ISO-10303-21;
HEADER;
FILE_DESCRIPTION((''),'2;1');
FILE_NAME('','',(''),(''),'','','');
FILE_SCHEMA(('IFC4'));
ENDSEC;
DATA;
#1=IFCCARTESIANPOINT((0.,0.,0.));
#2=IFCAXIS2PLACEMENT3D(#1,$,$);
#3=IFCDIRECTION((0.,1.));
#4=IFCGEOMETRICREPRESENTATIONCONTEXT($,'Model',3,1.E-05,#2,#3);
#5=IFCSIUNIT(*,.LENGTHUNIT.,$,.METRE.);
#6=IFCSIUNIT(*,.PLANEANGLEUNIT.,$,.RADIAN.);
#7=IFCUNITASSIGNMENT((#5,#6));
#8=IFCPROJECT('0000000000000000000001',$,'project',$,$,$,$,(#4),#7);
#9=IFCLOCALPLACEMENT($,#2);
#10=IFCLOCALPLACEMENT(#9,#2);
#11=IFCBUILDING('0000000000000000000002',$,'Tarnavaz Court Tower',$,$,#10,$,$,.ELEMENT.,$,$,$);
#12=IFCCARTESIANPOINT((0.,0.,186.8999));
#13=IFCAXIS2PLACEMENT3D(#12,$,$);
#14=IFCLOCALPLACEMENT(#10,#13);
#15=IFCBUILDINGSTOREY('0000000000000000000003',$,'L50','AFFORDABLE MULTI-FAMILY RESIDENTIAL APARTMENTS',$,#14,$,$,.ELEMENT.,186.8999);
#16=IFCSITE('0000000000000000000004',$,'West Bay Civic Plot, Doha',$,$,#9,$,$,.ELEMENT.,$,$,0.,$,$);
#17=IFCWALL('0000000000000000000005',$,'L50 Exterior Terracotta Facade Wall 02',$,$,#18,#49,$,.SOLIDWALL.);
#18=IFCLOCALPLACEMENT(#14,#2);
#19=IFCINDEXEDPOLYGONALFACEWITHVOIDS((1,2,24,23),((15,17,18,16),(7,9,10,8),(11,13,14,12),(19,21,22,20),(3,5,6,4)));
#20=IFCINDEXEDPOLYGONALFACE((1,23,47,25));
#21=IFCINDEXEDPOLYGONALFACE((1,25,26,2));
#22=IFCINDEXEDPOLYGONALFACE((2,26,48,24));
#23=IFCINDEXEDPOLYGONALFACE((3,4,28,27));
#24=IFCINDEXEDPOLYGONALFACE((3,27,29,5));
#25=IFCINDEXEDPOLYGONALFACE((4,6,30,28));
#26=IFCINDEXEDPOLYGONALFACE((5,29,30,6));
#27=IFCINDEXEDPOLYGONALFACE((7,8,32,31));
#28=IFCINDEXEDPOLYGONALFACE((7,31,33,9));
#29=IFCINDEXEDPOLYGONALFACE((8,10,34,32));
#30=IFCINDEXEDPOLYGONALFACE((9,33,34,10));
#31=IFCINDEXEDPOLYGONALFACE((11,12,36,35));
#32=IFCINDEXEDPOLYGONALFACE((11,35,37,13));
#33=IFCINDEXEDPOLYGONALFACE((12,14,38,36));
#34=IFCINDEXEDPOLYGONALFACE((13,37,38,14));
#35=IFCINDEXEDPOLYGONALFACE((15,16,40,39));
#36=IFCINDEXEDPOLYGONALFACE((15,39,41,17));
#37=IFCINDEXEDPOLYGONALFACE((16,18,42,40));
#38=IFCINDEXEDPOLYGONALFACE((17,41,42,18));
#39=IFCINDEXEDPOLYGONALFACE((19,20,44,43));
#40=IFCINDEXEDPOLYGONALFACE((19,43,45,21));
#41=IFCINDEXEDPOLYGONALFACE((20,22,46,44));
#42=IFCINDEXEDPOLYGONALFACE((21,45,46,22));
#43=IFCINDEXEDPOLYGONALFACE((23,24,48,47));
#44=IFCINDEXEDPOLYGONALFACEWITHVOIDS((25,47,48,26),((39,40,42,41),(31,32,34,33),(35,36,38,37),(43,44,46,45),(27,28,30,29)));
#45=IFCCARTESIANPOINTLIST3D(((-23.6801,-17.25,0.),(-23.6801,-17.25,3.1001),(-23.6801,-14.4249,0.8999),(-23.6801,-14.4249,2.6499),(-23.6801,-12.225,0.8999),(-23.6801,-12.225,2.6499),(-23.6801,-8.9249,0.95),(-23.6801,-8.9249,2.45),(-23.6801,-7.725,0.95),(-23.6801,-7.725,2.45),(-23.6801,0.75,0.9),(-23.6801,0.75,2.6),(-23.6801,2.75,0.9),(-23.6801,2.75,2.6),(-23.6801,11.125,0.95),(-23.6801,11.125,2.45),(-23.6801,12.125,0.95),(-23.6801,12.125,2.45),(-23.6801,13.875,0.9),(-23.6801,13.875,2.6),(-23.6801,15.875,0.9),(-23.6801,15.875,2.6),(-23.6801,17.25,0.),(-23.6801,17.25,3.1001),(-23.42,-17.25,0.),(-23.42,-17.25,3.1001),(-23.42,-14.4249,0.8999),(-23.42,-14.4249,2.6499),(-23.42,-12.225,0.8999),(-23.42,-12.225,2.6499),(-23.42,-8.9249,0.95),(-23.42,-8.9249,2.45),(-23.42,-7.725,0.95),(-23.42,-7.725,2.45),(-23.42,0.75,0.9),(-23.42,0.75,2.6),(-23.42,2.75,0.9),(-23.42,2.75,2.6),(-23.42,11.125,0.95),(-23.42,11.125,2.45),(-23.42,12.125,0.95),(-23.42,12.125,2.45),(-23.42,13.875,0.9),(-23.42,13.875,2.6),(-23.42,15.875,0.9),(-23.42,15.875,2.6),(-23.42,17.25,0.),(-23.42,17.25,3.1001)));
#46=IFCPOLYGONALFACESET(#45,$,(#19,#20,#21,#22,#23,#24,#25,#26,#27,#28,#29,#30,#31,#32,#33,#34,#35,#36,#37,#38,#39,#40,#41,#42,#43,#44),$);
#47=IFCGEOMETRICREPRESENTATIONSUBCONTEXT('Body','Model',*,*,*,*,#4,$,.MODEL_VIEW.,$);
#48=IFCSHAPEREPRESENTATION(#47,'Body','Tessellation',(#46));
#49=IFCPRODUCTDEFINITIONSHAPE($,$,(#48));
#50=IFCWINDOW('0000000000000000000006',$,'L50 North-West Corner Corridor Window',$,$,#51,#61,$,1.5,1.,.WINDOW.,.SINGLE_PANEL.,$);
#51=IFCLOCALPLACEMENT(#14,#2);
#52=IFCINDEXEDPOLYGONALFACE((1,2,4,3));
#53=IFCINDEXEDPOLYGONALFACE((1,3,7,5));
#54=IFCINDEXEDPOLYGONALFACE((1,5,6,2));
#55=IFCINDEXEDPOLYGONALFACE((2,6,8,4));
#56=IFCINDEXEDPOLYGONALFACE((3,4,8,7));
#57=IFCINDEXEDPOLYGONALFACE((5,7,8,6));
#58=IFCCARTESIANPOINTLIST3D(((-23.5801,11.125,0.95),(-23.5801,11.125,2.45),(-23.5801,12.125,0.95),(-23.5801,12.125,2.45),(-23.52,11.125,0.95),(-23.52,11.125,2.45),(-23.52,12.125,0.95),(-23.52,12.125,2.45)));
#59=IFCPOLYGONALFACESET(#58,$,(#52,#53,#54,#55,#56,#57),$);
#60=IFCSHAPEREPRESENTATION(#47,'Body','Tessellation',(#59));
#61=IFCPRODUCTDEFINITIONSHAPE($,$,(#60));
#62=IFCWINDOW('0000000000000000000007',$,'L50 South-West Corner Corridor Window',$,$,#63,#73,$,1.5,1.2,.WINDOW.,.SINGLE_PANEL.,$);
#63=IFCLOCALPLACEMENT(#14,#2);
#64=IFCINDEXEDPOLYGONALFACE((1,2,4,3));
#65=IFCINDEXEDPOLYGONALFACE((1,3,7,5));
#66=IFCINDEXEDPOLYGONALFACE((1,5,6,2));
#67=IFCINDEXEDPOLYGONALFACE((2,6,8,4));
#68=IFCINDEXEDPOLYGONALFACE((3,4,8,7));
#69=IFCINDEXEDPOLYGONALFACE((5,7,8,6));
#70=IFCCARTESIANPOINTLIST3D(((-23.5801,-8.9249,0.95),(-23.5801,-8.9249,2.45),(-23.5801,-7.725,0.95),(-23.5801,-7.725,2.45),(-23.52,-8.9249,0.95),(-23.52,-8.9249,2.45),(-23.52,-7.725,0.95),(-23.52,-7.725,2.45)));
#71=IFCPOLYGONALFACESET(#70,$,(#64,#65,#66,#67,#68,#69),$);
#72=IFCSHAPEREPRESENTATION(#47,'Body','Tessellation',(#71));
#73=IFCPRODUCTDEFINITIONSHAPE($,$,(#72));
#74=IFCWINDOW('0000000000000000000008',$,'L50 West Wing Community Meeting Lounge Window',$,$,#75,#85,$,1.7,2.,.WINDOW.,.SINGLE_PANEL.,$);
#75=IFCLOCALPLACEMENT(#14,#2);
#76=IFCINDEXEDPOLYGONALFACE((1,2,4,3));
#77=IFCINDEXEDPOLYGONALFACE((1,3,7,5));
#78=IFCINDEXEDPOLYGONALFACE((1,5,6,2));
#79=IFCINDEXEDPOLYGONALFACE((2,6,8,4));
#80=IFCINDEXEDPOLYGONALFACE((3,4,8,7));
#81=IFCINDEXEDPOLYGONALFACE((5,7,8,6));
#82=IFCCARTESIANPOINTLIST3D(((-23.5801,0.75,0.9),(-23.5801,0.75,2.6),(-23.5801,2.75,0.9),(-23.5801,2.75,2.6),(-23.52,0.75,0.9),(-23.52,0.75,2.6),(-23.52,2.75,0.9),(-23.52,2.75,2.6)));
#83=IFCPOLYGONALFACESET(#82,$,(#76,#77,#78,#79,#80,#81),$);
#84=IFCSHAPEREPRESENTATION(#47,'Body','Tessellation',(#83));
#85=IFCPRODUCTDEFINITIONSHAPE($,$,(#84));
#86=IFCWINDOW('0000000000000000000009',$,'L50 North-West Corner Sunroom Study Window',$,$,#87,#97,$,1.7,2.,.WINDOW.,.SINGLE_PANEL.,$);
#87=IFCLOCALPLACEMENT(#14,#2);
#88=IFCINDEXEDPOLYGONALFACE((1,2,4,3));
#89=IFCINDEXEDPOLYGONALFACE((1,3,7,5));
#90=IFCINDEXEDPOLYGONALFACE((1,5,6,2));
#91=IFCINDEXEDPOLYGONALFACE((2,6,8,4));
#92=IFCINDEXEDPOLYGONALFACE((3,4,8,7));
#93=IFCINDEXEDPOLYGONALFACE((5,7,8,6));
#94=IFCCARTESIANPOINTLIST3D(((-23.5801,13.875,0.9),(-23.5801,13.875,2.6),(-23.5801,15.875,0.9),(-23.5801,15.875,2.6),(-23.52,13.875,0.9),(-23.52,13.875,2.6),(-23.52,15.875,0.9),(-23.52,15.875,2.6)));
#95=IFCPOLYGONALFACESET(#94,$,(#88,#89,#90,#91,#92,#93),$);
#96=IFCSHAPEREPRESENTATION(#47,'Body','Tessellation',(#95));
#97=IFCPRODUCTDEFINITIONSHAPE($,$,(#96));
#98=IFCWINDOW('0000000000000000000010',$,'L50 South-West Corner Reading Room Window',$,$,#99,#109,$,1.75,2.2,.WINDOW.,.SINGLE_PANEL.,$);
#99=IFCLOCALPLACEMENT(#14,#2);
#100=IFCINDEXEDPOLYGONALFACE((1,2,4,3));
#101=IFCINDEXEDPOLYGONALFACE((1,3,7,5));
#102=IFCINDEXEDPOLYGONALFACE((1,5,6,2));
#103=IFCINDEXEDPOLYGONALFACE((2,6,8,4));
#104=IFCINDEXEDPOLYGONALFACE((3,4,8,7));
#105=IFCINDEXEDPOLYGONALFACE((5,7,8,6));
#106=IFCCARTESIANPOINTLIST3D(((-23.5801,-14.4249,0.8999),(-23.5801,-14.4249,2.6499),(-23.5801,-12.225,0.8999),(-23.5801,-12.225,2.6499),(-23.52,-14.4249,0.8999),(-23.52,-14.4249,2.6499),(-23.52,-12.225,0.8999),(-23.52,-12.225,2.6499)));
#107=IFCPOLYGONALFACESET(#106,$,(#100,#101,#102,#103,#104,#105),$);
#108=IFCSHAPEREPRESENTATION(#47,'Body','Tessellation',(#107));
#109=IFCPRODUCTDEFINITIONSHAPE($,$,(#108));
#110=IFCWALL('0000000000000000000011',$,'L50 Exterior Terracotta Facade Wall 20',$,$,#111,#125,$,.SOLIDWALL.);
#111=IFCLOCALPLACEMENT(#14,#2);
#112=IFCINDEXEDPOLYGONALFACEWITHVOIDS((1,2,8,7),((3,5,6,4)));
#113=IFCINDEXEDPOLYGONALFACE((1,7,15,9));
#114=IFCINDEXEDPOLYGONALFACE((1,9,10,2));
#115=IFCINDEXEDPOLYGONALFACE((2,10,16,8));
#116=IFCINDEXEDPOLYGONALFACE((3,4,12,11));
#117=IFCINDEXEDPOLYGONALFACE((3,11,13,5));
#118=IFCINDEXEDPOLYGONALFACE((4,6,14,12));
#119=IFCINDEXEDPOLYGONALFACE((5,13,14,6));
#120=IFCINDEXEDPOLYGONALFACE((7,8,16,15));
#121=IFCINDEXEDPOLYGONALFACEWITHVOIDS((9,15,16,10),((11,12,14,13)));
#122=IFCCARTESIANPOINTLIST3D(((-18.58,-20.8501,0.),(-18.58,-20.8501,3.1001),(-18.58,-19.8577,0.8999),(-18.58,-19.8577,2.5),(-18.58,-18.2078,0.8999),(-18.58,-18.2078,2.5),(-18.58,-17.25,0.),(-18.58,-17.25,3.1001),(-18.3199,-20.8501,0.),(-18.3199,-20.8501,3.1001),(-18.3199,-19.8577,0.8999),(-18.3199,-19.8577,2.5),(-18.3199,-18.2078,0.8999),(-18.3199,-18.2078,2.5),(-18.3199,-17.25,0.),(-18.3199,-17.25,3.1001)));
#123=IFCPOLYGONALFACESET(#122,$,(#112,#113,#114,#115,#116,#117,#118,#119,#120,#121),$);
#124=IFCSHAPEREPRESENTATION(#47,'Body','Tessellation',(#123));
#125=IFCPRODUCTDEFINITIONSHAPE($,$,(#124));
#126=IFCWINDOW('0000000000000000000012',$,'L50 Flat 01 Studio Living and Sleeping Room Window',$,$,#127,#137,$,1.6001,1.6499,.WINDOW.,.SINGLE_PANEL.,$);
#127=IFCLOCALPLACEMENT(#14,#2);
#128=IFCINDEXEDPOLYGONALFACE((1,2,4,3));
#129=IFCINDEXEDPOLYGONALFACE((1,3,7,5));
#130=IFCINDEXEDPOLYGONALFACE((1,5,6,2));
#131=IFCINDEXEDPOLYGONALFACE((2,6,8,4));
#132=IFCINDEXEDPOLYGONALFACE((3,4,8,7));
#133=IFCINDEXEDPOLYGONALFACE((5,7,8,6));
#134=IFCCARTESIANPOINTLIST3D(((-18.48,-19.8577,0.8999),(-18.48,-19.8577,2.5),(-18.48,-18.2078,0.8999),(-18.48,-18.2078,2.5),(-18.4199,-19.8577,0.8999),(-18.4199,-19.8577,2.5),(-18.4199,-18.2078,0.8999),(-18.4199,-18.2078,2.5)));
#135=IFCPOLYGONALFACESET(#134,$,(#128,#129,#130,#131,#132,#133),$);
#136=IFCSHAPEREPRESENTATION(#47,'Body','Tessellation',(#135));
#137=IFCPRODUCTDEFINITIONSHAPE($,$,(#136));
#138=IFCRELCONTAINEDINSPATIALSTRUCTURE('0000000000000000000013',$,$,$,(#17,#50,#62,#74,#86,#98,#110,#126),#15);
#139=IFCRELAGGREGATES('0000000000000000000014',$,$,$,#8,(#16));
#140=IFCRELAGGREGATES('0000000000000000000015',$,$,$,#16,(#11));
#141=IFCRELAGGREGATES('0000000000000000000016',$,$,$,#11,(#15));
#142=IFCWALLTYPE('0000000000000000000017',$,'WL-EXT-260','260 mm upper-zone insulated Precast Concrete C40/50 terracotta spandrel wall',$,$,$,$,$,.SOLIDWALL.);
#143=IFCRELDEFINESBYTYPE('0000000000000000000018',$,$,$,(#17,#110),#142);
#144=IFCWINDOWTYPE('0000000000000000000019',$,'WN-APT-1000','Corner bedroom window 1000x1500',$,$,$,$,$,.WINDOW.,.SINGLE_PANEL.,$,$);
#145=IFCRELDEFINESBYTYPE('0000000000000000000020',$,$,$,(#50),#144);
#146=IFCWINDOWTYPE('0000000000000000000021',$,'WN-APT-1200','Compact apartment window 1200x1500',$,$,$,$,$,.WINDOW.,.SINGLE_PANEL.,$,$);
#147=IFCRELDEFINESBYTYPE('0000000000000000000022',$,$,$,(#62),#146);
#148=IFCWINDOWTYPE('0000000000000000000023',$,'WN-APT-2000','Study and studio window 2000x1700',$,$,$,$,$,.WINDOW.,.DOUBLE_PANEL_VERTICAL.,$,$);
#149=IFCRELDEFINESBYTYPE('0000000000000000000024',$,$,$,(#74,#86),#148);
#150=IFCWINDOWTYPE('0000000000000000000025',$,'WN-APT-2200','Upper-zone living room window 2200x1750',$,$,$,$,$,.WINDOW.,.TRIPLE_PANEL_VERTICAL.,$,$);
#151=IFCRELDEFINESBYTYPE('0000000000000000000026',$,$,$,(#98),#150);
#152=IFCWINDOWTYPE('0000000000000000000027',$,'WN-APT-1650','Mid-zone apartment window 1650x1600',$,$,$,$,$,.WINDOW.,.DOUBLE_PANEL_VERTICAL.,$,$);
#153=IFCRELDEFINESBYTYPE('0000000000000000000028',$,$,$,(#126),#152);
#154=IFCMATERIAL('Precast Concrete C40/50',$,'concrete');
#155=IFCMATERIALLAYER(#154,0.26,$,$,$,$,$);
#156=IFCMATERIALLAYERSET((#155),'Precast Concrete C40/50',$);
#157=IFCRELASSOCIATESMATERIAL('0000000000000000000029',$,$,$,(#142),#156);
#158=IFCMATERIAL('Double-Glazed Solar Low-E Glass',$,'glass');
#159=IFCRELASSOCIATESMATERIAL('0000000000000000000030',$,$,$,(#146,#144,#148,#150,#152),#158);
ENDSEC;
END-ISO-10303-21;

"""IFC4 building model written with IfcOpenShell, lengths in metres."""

from ifc_helpers import new_model, si_unit, direction, frame, frame_2d, origin, place, context, subcontext, project, spatial, rectangle, extrude, material, layer, layer_set, type_object, element, fill, save


model = new_model("IFC4")

# Units and contexts
model_context = context("Model", 3, precision=1e-05, world=origin(), true_north=direction((0.0, 1.0)))
body_context = subcontext(model_context, "Body", "Model", "MODEL_VIEW")
ifc_project = project(units=[si_unit("LENGTHUNIT", "METRE"), si_unit("PLANEANGLEUNIT", "RADIAN")], contexts=[model_context])

# Site, building, storey
site_placement = place(None, origin())
site = spatial("IfcSite", under=ifc_project, at=site_placement, Name="West Bay Civic Plot, Doha", CompositionType="ELEMENT", RefElevation=0.0)
building_placement = place(site_placement, origin())
building = spatial("IfcBuilding", under=site, at=building_placement, Name="Tarnavaz Court Tower", CompositionType="ELEMENT")
storey_placement = place(building_placement, frame((0.0, 0.0, 186.8999)))
storey = spatial("IfcBuildingStorey", under=building, at=storey_placement, Name="L50", Description="AFFORDABLE MULTI-FAMILY RESIDENTIAL APARTMENTS", CompositionType="ELEMENT", Elevation=186.8999)

# Shared definitions
ifc_material_1 = material(Name="Precast Concrete C40/50", Category="concrete")
ifc_layer_1 = layer(ifc_material_1, 0.26)
ifc_layer_set_1 = layer_set([ifc_layer_1], Name="Precast Concrete C40/50")
wall_type_1 = type_object("IfcWallType", Name="WL-EXT-260", Description="260 mm upper-zone insulated Precast Concrete C40/50 terracotta spandrel wall", PredefinedType="SOLIDWALL", material=ifc_layer_set_1)
ifc_material_2 = material(Name="Double-Glazed Solar Low-E Glass", Category="glass")
window_type_1 = type_object("IfcWindowType", Name="WN-APT-1200", Description="Compact apartment window 1200x1500", PartitioningType="SINGLE_PANEL", PredefinedType="WINDOW", material=ifc_material_2)

# Wall, openings, windows
wall_1_placement = place(storey_placement, frame((-23.55, -17.25, 0.0), z_axis=(0.0, 0.0, 1.0), x_axis=(0.0, 1.0, 0.0)))
wall_1 = element("IfcWall", 1, at=wall_1_placement, inside=storey, type_object=wall_type_1, Name="L50 Exterior Terracotta Facade Wall 02", PredefinedType="SOLIDWALL", context=body_context, shape_type="SweptSolid", body=[
    extrude(rectangle(XDim=34.5, YDim=0.26, at=frame_2d((17.25, 0.0))), origin(), (0.0, 0.0, 1.0), 3.1001),
])
opening_1_placement = place(wall_1_placement, frame((2.825, 0.0, 0.8999)))
opening_1 = element("IfcOpeningElement", 2, at=opening_1_placement, cuts=wall_1, PredefinedType="OPENING", context=body_context, shape_type="SweptSolid", body=[
    extrude(rectangle(XDim=2.2, YDim=1.75, at=frame_2d((1.1001, 0.875))), frame((0.0, 0.1399, 0.0), z_axis=(0.0, -1.0, 0.0), x_axis=(1.0, 0.0, 0.0)), (0.0, 0.0, 1.0), 0.28),
])
opening_2_placement = place(wall_1_placement, frame((8.325, 0.0, 0.95)))
opening_2 = element("IfcOpeningElement", 3, at=opening_2_placement, cuts=wall_1, PredefinedType="OPENING", context=body_context, shape_type="SweptSolid", body=[
    extrude(rectangle(XDim=1.2, YDim=1.5, at=frame_2d((0.6001, 0.75))), frame((0.0, 0.1399, 0.0), z_axis=(0.0, -1.0, 0.0), x_axis=(1.0, 0.0, 0.0)), (0.0, 0.0, 1.0), 0.28),
])
opening_3_placement = place(wall_1_placement, frame((18.0, 0.0, 0.8999)))
opening_3 = element("IfcOpeningElement", 4, at=opening_3_placement, cuts=wall_1, PredefinedType="OPENING", context=body_context, shape_type="SweptSolid", body=[
    extrude(rectangle(XDim=2.0, YDim=1.7, at=frame_2d((1.0, 0.8501))), frame((0.0, 0.1399, 0.0), z_axis=(0.0, -1.0, 0.0), x_axis=(1.0, 0.0, 0.0)), (0.0, 0.0, 1.0), 0.28),
])
opening_4_placement = place(wall_1_placement, frame((28.375, 0.0, 0.95)))
opening_4 = element("IfcOpeningElement", 5, at=opening_4_placement, cuts=wall_1, PredefinedType="OPENING", context=body_context, shape_type="SweptSolid", body=[
    extrude(rectangle(XDim=1.0, YDim=1.5, at=frame_2d((0.5, 0.75))), frame((0.0, 0.1399, 0.0), z_axis=(0.0, -1.0, 0.0), x_axis=(1.0, 0.0, 0.0)), (0.0, 0.0, 1.0), 0.28),
])
opening_5_placement = place(wall_1_placement, frame((31.125, 0.0, 0.8999)))
opening_5 = element("IfcOpeningElement", 6, at=opening_5_placement, cuts=wall_1, PredefinedType="OPENING", context=body_context, shape_type="SweptSolid", body=[
    extrude(rectangle(XDim=2.0, YDim=1.7, at=frame_2d((1.0, 0.8501))), frame((0.0, 0.1399, 0.0), z_axis=(0.0, -1.0, 0.0), x_axis=(1.0, 0.0, 0.0)), (0.0, 0.0, 1.0), 0.28),
])
window_type_2 = type_object("IfcWindowType", Name="WN-APT-1000", Description="Corner bedroom window 1000x1500", PartitioningType="SINGLE_PANEL", PredefinedType="WINDOW", material=ifc_material_2)
window_1_placement = place(opening_4_placement, origin())
window_1 = element("IfcWindow", 7, at=window_1_placement, inside=storey, type_object=window_type_2, Name="L50 North-West Corner Corridor Window", OverallHeight=1.5, OverallWidth=1.0, PartitioningType="SINGLE_PANEL", PredefinedType="WINDOW", context=body_context, shape_type="SweptSolid", body=[
    extrude(rectangle(XDim=1.0, YDim=1.5, at=frame_2d((0.5, 0.75))), frame((0.0, 0.03, 0.0), z_axis=(0.0, -1.0, 0.0), x_axis=(1.0, 0.0, 0.0)), (0.0, 0.0, 1.0), 0.0601),
])
fill(opening_4, window_1)
window_2_placement = place(opening_2_placement, origin())
window_2 = element("IfcWindow", 8, at=window_2_placement, inside=storey, type_object=window_type_1, Name="L50 South-West Corner Corridor Window", OverallHeight=1.5, OverallWidth=1.2, PartitioningType="SINGLE_PANEL", PredefinedType="WINDOW", context=body_context, shape_type="SweptSolid", body=[
    extrude(rectangle(XDim=1.2, YDim=1.5, at=frame_2d((0.6001, 0.75))), frame((0.0, 0.03, 0.0), z_axis=(0.0, -1.0, 0.0), x_axis=(1.0, 0.0, 0.0)), (0.0, 0.0, 1.0), 0.0601),
])
fill(opening_2, window_2)
window_type_3 = type_object("IfcWindowType", Name="WN-APT-2000", Description="Study and studio window 2000x1700", PartitioningType="DOUBLE_PANEL_VERTICAL", PredefinedType="WINDOW", material=ifc_material_2)
window_3_placement = place(opening_3_placement, origin())
window_3 = element("IfcWindow", 9, at=window_3_placement, inside=storey, type_object=window_type_3, Name="L50 West Wing Community Meeting Lounge Window", OverallHeight=1.7, OverallWidth=2.0, PartitioningType="SINGLE_PANEL", PredefinedType="WINDOW", context=body_context, shape_type="SweptSolid", body=[
    extrude(rectangle(XDim=2.0, YDim=1.7, at=frame_2d((1.0, 0.8501))), frame((0.0, 0.03, 0.0), z_axis=(0.0, -1.0, 0.0), x_axis=(1.0, 0.0, 0.0)), (0.0, 0.0, 1.0), 0.0601),
])
fill(opening_3, window_3)
window_4_placement = place(opening_5_placement, origin())
window_4 = element("IfcWindow", 10, at=window_4_placement, inside=storey, type_object=window_type_3, Name="L50 North-West Corner Sunroom Study Window", OverallHeight=1.7, OverallWidth=2.0, PartitioningType="SINGLE_PANEL", PredefinedType="WINDOW", context=body_context, shape_type="SweptSolid", body=[
    extrude(rectangle(XDim=2.0, YDim=1.7, at=frame_2d((1.0, 0.8501))), frame((0.0, 0.03, 0.0), z_axis=(0.0, -1.0, 0.0), x_axis=(1.0, 0.0, 0.0)), (0.0, 0.0, 1.0), 0.0601),
])
fill(opening_5, window_4)
window_type_4 = type_object("IfcWindowType", Name="WN-APT-2200", Description="Upper-zone living room window 2200x1750", PartitioningType="TRIPLE_PANEL_VERTICAL", PredefinedType="WINDOW", material=ifc_material_2)
window_5_placement = place(opening_1_placement, origin())
window_5 = element("IfcWindow", 11, at=window_5_placement, inside=storey, type_object=window_type_4, Name="L50 South-West Corner Reading Room Window", OverallHeight=1.75, OverallWidth=2.2, PartitioningType="SINGLE_PANEL", PredefinedType="WINDOW", context=body_context, shape_type="SweptSolid", body=[
    extrude(rectangle(XDim=2.2, YDim=1.75, at=frame_2d((1.1001, 0.875))), frame((0.0, 0.03, 0.0), z_axis=(0.0, -1.0, 0.0), x_axis=(1.0, 0.0, 0.0)), (0.0, 0.0, 1.0), 0.0601),
])
fill(opening_1, window_5)

# Wall, opening, window
wall_2_placement = place(storey_placement, frame((-18.45, -20.8501, 0.0), z_axis=(0.0, 0.0, 1.0), x_axis=(0.0, 1.0, 0.0)))
wall_2 = element("IfcWall", 12, at=wall_2_placement, inside=storey, type_object=wall_type_1, Name="L50 Exterior Terracotta Facade Wall 20", PredefinedType="SOLIDWALL", context=body_context, shape_type="SweptSolid", body=[
    extrude(rectangle(XDim=3.6001, YDim=0.26, at=frame_2d((1.8, 0.0))), origin(), (0.0, 0.0, 1.0), 3.1001),
])
opening_6_placement = place(wall_2_placement, frame((0.9924, 0.0, 0.8999)))
opening_6 = element("IfcOpeningElement", 13, at=opening_6_placement, cuts=wall_2, PredefinedType="OPENING", context=body_context, shape_type="SweptSolid", body=[
    extrude(rectangle(XDim=1.6499, YDim=1.6001, at=frame_2d((0.825, 0.8))), frame((0.0, 0.1399, 0.0), z_axis=(0.0, -1.0, 0.0), x_axis=(1.0, 0.0, 0.0)), (0.0, 0.0, 1.0), 0.28),
])
window_type_5 = type_object("IfcWindowType", Name="WN-APT-1650", Description="Mid-zone apartment window 1650x1600", PartitioningType="DOUBLE_PANEL_VERTICAL", PredefinedType="WINDOW", material=ifc_material_2)
window_6_placement = place(opening_6_placement, origin())
window_6 = element("IfcWindow", 14, at=window_6_placement, inside=storey, type_object=window_type_5, Name="L50 Flat 01 Studio Living and Sleeping Room Window", OverallHeight=1.6001, OverallWidth=1.6499, PartitioningType="SINGLE_PANEL", PredefinedType="WINDOW", context=body_context, shape_type="SweptSolid", body=[
    extrude(rectangle(XDim=1.6499, YDim=1.6001, at=frame_2d((0.825, 0.8))), frame((0.0, 0.03, 0.0), z_axis=(0.0, -1.0, 0.0), x_axis=(1.0, 0.0, 0.0)), (0.0, 0.0, 1.0), 0.0601),
])
fill(opening_6, window_6)

save(model, "model.ifc")
